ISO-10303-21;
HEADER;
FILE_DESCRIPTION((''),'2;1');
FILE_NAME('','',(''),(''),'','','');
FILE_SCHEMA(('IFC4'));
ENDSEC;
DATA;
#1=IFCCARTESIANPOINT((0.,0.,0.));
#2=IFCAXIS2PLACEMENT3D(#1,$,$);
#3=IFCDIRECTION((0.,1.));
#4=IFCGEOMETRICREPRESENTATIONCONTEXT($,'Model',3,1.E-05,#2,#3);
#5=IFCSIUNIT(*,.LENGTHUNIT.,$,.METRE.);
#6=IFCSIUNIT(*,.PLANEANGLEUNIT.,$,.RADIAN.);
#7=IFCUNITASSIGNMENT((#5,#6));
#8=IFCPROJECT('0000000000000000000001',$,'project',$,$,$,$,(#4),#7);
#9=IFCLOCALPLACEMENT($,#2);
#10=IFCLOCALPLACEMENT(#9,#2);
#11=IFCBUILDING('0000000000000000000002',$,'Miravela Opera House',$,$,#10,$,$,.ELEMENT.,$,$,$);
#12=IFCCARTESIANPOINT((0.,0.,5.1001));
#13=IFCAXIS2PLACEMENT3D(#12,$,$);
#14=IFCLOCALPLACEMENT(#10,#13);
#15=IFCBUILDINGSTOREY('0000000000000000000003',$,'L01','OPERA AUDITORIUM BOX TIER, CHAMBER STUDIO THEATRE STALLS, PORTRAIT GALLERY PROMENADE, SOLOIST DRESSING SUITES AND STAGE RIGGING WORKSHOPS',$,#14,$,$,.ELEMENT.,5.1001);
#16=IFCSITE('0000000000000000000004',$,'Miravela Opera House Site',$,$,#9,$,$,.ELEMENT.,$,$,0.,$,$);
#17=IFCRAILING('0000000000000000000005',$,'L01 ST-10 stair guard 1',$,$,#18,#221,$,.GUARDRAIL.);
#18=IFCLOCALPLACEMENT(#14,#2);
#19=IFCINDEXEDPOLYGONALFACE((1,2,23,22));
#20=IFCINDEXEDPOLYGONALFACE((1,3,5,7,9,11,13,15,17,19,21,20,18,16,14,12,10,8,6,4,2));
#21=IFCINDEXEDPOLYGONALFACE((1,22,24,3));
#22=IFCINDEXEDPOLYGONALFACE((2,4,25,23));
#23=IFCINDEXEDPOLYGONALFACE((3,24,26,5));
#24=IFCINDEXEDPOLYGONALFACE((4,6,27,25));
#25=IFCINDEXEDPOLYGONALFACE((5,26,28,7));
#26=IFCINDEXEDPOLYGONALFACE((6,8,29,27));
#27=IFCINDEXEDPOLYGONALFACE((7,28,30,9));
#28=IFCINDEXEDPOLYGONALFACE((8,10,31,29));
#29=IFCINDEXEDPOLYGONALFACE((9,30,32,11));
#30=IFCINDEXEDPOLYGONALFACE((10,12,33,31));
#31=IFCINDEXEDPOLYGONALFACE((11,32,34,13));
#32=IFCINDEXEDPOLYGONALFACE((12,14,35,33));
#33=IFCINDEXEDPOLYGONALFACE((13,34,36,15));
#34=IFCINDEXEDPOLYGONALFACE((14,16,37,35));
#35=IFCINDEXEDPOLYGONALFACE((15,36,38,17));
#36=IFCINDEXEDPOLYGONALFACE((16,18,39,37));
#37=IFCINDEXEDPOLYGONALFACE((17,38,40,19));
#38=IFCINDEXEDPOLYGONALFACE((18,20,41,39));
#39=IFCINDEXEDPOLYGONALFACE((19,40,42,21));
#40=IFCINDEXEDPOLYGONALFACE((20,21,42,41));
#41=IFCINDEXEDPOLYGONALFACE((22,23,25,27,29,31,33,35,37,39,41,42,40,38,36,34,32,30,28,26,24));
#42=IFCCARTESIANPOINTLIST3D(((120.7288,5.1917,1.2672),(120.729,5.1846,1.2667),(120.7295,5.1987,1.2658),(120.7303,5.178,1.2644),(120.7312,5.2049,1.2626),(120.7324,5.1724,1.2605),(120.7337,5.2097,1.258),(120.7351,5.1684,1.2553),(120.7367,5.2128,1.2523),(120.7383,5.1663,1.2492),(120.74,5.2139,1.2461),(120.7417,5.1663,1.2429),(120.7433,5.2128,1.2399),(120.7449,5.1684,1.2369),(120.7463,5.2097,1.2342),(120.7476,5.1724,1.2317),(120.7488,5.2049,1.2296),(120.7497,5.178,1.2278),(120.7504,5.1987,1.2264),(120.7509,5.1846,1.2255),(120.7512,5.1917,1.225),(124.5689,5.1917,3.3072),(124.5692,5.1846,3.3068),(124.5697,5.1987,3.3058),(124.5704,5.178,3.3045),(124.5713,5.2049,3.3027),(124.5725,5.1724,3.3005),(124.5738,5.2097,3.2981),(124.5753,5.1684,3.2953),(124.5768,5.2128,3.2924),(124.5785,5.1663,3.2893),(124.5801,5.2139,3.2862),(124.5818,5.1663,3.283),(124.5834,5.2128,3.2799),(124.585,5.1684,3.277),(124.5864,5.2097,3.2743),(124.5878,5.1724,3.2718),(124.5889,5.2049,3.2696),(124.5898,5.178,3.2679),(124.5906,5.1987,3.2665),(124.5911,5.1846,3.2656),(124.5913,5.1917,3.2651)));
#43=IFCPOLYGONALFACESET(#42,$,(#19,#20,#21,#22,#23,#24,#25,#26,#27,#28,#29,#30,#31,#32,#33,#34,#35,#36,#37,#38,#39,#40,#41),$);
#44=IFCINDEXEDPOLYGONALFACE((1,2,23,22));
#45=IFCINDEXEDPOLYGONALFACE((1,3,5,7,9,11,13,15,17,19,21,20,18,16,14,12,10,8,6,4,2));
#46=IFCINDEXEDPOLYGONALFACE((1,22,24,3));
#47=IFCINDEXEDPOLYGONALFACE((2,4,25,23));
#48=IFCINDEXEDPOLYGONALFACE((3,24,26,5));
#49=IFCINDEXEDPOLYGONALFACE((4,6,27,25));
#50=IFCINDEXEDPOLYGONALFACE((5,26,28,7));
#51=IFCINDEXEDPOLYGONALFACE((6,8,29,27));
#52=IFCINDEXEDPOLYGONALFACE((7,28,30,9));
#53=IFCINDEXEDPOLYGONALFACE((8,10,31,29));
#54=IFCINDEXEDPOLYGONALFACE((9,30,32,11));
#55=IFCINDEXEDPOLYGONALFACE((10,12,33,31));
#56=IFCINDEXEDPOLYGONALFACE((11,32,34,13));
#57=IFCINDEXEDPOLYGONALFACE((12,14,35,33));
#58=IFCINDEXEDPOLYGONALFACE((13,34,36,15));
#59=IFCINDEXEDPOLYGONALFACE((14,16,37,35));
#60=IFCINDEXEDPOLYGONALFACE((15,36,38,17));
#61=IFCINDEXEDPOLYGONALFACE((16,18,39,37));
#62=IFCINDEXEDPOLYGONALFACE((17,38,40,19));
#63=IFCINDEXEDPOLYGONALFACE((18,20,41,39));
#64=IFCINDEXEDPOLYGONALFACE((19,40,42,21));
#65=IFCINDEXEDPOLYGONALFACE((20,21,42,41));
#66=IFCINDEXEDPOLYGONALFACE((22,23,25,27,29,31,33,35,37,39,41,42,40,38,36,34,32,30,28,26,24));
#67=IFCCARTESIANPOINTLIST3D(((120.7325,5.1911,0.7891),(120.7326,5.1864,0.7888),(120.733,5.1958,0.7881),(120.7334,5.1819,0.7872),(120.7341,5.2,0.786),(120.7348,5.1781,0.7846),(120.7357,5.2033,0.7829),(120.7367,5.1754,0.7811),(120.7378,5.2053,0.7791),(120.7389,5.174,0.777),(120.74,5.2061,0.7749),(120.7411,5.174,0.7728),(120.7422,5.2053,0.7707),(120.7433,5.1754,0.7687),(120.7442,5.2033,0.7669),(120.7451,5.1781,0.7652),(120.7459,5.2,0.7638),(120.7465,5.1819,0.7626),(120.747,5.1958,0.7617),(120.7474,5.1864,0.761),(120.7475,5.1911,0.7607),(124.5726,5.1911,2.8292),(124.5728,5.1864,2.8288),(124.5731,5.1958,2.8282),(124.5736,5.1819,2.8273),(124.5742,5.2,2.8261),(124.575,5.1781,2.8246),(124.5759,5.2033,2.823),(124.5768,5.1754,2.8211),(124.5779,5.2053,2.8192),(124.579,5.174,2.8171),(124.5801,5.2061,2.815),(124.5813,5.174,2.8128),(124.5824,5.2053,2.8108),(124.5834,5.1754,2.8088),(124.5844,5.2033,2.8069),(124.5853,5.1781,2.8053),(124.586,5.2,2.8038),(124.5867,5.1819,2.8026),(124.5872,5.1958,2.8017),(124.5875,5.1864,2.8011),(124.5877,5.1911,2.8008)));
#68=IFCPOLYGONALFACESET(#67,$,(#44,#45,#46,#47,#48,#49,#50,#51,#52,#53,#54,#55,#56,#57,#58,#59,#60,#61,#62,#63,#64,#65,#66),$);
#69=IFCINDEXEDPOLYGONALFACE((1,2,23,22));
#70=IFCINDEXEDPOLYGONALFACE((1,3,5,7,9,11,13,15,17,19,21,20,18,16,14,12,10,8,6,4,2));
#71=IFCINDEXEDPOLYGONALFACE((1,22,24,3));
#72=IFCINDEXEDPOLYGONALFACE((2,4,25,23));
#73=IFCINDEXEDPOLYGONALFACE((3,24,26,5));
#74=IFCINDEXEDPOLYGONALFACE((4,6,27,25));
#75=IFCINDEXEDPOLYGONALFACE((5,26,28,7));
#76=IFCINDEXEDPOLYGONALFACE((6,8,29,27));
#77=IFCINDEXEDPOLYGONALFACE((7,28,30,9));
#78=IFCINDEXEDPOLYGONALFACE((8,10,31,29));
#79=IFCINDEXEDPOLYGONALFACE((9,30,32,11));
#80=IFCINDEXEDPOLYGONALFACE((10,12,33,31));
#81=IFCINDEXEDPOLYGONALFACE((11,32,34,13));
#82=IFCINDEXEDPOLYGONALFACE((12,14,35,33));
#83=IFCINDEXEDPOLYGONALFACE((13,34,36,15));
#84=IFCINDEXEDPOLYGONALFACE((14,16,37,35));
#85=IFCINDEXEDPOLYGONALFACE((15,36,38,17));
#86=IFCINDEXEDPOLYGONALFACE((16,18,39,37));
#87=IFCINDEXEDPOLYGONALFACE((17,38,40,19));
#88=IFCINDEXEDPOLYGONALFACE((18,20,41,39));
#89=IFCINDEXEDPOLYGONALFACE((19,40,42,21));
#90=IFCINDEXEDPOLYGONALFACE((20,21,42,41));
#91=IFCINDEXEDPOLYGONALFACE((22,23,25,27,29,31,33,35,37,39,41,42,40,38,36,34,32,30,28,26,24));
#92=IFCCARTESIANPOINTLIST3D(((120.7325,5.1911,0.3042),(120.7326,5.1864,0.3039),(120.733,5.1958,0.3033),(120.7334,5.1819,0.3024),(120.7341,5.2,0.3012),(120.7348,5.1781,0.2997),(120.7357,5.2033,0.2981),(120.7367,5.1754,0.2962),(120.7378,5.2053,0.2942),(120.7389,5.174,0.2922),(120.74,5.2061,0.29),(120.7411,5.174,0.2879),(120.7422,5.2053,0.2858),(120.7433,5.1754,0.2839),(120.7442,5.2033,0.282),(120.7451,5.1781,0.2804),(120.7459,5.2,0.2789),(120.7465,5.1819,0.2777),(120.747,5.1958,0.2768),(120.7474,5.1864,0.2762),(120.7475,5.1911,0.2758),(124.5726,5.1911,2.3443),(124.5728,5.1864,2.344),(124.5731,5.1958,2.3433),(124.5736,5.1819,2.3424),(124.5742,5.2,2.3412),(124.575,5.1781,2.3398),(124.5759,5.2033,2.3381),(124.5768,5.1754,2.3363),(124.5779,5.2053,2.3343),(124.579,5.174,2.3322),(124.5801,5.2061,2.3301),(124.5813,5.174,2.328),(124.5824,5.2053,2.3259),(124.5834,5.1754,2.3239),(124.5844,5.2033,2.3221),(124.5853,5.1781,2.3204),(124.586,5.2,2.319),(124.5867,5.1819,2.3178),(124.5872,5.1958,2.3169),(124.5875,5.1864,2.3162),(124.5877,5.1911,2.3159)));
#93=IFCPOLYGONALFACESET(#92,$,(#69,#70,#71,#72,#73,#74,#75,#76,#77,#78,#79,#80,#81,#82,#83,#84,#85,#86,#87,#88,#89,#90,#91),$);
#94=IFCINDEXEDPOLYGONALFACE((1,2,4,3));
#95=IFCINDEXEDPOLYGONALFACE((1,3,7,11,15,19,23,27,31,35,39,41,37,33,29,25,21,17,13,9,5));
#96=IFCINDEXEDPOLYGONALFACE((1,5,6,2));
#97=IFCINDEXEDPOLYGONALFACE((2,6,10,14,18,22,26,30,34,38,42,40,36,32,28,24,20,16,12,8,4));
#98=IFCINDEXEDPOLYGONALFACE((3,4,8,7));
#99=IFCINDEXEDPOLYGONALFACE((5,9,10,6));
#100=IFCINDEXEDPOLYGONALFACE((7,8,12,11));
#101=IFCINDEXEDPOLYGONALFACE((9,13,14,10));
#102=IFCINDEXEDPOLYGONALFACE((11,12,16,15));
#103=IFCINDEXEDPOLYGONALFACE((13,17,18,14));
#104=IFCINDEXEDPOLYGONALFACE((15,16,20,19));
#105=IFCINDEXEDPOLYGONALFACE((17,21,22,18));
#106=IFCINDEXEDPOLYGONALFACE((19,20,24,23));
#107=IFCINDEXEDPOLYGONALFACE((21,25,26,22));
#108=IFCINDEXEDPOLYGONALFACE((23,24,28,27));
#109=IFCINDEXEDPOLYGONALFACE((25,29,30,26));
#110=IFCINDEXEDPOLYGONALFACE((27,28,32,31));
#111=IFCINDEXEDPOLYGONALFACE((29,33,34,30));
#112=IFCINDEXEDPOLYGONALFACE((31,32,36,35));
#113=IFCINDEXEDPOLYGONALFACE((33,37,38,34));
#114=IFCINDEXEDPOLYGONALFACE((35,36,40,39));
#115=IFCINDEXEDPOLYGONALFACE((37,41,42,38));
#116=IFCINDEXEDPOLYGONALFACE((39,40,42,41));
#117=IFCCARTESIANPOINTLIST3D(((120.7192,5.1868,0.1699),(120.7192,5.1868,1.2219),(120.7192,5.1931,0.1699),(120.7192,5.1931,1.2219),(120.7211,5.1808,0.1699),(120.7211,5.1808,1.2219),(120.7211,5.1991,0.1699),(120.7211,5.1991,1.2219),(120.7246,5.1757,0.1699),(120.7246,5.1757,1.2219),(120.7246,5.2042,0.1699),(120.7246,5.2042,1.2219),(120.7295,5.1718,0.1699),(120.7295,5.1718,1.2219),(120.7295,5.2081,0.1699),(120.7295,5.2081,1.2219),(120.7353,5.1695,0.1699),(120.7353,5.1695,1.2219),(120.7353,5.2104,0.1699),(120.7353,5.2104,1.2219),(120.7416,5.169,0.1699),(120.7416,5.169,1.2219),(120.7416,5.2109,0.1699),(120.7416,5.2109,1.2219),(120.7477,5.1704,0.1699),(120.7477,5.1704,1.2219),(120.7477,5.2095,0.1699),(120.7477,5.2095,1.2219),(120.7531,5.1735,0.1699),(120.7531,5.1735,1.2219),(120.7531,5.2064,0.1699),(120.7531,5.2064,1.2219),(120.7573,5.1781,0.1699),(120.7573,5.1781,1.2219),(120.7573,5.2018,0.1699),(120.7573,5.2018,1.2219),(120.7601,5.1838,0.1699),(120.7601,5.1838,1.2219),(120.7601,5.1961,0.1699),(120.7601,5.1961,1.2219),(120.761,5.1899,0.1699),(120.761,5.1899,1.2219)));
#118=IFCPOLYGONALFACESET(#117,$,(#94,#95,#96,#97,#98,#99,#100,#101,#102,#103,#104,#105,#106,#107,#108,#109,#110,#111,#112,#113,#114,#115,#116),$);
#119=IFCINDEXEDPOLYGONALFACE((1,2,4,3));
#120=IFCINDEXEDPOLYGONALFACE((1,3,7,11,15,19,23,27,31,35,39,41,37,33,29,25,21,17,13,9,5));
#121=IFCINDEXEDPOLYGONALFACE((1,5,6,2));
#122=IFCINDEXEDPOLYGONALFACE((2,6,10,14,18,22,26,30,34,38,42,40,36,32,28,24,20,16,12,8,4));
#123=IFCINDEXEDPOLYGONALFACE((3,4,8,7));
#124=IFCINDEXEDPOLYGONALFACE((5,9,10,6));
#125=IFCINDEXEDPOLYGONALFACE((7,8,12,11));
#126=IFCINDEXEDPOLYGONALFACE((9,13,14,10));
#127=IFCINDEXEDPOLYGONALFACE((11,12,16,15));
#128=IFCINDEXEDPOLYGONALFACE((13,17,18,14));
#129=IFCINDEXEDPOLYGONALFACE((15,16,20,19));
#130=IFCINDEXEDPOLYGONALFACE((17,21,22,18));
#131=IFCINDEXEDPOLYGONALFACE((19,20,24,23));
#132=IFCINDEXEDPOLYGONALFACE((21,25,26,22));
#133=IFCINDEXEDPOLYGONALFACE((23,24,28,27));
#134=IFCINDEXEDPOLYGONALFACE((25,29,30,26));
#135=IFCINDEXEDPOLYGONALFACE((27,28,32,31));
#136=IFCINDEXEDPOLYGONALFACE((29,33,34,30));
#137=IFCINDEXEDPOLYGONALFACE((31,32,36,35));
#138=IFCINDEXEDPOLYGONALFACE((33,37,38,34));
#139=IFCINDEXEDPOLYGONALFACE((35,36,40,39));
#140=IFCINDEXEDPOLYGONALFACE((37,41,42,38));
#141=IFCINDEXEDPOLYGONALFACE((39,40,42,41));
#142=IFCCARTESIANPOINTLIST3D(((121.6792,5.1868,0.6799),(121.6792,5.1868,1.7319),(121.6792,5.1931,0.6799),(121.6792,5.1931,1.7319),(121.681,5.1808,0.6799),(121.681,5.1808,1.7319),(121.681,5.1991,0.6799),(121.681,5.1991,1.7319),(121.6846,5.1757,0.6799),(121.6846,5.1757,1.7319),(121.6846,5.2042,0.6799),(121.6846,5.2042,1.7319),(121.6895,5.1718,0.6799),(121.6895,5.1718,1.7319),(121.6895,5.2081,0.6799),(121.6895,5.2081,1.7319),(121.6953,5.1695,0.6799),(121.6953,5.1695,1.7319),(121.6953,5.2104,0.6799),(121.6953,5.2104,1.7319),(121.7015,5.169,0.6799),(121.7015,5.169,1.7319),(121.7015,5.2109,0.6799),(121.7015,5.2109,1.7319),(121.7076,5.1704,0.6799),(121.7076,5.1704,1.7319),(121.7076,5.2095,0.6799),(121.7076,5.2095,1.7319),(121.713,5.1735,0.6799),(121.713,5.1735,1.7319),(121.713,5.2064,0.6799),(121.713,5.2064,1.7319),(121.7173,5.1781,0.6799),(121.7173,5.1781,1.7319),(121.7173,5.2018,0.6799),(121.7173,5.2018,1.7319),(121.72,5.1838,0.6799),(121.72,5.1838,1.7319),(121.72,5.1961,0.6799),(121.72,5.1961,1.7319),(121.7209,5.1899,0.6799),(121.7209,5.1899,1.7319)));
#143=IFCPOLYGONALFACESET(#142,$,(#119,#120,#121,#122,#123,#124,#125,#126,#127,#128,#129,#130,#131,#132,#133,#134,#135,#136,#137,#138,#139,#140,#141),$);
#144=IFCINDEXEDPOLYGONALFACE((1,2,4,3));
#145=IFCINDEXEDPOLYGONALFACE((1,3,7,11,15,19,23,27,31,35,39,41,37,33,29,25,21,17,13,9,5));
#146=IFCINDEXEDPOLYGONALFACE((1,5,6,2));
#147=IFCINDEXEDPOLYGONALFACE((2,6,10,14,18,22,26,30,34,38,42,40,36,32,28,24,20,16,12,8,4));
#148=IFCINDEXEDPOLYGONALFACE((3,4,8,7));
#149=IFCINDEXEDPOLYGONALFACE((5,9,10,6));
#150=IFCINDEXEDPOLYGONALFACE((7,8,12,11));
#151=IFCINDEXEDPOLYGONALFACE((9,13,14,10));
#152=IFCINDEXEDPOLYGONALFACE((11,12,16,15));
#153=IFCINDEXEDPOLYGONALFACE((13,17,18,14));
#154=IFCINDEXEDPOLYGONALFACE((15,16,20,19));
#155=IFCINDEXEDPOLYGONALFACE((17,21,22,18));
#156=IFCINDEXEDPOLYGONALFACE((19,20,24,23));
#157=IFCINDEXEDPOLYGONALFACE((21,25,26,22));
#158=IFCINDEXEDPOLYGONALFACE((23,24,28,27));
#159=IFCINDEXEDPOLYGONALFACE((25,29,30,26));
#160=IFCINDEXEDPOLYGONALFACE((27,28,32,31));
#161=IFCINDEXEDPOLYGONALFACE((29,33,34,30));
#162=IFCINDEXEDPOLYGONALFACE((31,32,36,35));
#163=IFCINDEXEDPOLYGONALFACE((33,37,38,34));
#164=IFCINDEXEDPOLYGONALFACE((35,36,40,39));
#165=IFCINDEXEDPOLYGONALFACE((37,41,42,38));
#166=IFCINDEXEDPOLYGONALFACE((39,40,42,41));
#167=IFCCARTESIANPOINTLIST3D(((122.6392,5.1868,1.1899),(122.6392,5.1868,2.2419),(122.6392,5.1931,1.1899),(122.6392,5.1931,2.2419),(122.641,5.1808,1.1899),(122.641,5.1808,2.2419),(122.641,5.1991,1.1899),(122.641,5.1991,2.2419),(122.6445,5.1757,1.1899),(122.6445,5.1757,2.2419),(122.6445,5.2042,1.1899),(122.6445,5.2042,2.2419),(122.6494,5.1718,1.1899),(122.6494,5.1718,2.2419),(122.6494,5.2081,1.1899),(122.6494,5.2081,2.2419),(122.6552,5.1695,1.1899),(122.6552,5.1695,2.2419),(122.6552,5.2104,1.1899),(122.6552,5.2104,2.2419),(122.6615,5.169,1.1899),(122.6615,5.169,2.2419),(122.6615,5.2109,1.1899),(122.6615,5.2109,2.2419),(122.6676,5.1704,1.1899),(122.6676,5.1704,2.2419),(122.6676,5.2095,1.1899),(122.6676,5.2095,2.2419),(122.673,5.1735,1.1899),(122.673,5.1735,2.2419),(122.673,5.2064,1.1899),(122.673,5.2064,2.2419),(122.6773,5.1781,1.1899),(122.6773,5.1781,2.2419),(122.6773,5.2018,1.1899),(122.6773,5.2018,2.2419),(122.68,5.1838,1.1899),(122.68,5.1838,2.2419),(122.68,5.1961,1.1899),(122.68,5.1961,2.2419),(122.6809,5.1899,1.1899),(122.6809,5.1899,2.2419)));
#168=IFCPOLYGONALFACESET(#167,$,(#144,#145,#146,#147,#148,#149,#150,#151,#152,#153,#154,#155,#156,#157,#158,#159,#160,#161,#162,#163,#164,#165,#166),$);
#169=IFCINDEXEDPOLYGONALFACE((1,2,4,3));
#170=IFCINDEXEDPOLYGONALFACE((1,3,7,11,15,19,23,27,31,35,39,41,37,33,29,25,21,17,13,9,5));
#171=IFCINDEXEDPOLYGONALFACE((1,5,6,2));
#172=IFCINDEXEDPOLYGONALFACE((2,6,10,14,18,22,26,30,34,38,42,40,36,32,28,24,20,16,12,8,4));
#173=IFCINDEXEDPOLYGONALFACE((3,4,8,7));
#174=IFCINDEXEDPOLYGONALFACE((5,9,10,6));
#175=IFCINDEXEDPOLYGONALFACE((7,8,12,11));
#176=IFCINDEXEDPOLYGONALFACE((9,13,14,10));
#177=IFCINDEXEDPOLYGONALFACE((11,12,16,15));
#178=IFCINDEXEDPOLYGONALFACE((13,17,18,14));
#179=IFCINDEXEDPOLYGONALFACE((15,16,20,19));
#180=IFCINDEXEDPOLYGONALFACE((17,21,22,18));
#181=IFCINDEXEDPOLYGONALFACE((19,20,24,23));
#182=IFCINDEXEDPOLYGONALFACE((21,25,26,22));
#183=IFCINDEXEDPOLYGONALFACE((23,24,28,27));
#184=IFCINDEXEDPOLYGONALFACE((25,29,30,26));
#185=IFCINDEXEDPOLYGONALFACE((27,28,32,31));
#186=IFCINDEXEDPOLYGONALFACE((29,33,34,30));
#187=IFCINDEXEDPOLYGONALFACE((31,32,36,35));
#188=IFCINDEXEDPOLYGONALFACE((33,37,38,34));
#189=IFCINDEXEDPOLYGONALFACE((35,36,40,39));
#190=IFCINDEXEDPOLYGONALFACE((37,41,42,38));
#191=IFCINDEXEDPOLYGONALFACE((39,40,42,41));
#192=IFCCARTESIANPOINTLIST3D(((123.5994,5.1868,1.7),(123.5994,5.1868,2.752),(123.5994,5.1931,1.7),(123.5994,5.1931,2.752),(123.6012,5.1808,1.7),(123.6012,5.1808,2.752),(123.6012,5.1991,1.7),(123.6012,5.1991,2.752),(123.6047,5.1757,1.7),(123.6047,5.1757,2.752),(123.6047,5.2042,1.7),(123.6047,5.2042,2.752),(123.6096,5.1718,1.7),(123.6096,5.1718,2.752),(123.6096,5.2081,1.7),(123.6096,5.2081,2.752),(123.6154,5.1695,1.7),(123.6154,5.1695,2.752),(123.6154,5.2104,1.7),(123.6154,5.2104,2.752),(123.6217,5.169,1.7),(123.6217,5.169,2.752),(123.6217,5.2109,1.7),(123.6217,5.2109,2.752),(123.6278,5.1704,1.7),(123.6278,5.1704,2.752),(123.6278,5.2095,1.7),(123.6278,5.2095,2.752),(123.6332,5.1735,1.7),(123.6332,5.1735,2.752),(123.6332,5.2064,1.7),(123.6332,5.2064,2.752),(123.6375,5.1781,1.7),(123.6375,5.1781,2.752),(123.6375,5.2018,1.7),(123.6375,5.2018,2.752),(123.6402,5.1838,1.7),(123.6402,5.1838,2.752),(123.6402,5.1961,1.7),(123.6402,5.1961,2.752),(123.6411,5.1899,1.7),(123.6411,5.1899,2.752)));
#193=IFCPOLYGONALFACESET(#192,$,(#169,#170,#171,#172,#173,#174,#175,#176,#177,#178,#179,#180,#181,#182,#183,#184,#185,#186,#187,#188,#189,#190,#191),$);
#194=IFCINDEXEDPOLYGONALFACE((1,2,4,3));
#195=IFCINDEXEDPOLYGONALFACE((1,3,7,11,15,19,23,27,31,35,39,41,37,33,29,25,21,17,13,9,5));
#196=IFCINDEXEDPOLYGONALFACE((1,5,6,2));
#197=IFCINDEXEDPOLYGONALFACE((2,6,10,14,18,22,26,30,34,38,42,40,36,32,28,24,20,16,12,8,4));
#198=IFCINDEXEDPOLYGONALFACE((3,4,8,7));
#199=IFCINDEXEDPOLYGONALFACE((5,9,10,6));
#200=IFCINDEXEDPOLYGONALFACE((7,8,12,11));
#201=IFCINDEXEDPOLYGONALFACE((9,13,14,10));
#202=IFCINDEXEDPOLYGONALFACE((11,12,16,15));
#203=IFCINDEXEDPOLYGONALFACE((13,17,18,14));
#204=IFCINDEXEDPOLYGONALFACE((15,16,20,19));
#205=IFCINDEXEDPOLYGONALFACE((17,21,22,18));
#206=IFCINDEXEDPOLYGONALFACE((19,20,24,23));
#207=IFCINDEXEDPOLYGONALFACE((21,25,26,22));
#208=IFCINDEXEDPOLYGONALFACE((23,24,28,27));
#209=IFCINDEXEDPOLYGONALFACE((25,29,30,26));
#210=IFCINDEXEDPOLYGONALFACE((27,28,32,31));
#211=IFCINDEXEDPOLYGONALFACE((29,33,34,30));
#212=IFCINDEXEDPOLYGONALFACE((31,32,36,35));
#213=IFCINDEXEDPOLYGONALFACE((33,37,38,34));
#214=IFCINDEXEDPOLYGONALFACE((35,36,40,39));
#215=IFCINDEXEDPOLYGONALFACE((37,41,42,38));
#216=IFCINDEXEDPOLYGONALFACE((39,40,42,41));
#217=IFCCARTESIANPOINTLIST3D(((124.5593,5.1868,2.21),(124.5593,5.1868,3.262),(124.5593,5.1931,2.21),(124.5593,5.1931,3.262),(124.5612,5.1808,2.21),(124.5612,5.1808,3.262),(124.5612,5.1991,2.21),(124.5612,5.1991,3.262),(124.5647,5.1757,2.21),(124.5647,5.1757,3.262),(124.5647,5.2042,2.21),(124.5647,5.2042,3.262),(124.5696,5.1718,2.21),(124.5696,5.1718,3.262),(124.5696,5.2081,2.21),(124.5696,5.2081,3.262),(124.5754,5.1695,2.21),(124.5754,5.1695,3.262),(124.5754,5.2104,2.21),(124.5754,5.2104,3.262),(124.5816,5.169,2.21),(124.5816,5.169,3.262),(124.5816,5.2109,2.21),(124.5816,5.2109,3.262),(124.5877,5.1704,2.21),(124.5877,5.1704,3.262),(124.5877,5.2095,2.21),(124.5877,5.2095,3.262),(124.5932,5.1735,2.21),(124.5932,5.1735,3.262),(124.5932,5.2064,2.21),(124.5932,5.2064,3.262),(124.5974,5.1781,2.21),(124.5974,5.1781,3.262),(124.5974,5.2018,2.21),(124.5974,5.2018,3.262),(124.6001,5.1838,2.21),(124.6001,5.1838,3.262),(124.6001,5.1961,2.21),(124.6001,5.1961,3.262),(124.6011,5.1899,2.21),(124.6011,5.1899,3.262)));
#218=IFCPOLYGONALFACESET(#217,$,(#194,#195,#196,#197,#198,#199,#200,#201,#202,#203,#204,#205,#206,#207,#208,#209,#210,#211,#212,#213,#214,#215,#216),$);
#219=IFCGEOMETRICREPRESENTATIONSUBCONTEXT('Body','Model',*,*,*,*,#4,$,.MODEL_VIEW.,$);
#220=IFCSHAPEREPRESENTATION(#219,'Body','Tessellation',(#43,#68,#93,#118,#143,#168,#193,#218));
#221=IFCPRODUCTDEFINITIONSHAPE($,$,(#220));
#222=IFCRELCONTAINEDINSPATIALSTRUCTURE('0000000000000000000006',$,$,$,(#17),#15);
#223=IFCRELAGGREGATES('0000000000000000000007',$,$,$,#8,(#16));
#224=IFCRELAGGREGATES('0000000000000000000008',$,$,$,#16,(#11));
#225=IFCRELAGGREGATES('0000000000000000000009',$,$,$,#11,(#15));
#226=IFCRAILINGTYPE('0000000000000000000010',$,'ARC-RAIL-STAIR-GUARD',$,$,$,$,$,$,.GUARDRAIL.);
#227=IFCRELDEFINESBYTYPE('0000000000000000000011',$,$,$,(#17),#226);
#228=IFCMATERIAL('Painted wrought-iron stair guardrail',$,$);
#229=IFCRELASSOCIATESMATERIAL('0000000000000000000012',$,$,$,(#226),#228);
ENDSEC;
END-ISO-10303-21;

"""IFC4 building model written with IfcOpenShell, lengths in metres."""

from ifc_helpers import new_model, si_unit, direction, frame, origin, origin_2d, place, context, subcontext, project, spatial, circle, extrude, material, type_object, element, save


model = new_model("IFC4")

# Units and contexts
model_context = context("Model", 3, precision=1e-05, world=origin(), true_north=direction((0.0, 1.0)))
body_context = subcontext(model_context, "Body", "Model", "MODEL_VIEW")
ifc_project = project(units=[si_unit("LENGTHUNIT", "METRE"), si_unit("PLANEANGLEUNIT", "RADIAN")], contexts=[model_context])

# Site, building, storey
site_placement = place(None, origin())
site = spatial("IfcSite", under=ifc_project, at=site_placement, Name="Miravela Opera House Site", CompositionType="ELEMENT", RefElevation=0.0)
building_placement = place(site_placement, origin())
building = spatial("IfcBuilding", under=site, at=building_placement, Name="Miravela Opera House", CompositionType="ELEMENT")
storey_placement = place(building_placement, frame((0.0, 0.0, 5.1001)))
storey = spatial("IfcBuildingStorey", under=building, at=storey_placement, Name="L01", Description="OPERA AUDITORIUM BOX TIER, CHAMBER STUDIO THEATRE STALLS, PORTRAIT GALLERY PROMENADE, SOLOIST DRESSING SUITES AND STAGE RIGGING WORKSHOPS", CompositionType="ELEMENT", Elevation=5.1001)

# Railing
ifc_material_1 = material(Name="Painted wrought-iron stair guardrail")
railing_type_1 = type_object("IfcRailingType", Name="ARC-RAIL-STAIR-GUARD", PredefinedType="GUARDRAIL", material=ifc_material_1)
railing_1_placement = place(storey_placement, frame((120.74, 5.1899, 0.1699)))
element("IfcRailing", 1, at=railing_1_placement, inside=storey, type_object=railing_type_1, Name="L01 ST-10 stair guard 1", PredefinedType="GUARDRAIL", context=body_context, shape_type="SweptSolid", body=[
    extrude(circle(Radius=0.0239, at=origin_2d()), frame((0.0, 0.0, 1.0762), z_axis=(0.883116, 0.0, 0.469154), x_axis=(0.0, 1.0, 0.0)), (0.0, 0.0, 1.0), 4.3484),
    extrude(circle(Radius=0.0161, at=origin_2d()), frame((0.0, 0.0, 0.605), z_axis=(0.883116, 0.0, 0.469154), x_axis=(0.0, 1.0, 0.0)), (0.0, 0.0, 1.0), 4.3484),
    extrude(circle(Radius=0.0161, at=origin_2d()), frame((0.0, 0.0, 0.1201), z_axis=(0.883116, 0.0, 0.469154), x_axis=(0.0, 1.0, 0.0)), (0.0, 0.0, 1.0), 4.3484),
    extrude(circle(Radius=0.021, at=origin_2d()), origin(), (0.0, 0.0, 1.0), 1.052),
    extrude(circle(Radius=0.021, at=origin_2d()), frame((0.96, 0.0, 0.51)), (0.0, 0.0, 1.0), 1.052),
    extrude(circle(Radius=0.021, at=origin_2d()), frame((1.9199, 0.0, 1.02)), (0.0, 0.0, 1.0), 1.052),
    extrude(circle(Radius=0.021, at=origin_2d()), frame((2.8801, 0.0, 1.53)), (0.0, 0.0, 1.0), 1.052),
    extrude(circle(Radius=0.021, at=origin_2d()), frame((3.8401, 0.0, 2.04)), (0.0, 0.0, 1.0), 1.052),
])

save(model, "model.ifc")
